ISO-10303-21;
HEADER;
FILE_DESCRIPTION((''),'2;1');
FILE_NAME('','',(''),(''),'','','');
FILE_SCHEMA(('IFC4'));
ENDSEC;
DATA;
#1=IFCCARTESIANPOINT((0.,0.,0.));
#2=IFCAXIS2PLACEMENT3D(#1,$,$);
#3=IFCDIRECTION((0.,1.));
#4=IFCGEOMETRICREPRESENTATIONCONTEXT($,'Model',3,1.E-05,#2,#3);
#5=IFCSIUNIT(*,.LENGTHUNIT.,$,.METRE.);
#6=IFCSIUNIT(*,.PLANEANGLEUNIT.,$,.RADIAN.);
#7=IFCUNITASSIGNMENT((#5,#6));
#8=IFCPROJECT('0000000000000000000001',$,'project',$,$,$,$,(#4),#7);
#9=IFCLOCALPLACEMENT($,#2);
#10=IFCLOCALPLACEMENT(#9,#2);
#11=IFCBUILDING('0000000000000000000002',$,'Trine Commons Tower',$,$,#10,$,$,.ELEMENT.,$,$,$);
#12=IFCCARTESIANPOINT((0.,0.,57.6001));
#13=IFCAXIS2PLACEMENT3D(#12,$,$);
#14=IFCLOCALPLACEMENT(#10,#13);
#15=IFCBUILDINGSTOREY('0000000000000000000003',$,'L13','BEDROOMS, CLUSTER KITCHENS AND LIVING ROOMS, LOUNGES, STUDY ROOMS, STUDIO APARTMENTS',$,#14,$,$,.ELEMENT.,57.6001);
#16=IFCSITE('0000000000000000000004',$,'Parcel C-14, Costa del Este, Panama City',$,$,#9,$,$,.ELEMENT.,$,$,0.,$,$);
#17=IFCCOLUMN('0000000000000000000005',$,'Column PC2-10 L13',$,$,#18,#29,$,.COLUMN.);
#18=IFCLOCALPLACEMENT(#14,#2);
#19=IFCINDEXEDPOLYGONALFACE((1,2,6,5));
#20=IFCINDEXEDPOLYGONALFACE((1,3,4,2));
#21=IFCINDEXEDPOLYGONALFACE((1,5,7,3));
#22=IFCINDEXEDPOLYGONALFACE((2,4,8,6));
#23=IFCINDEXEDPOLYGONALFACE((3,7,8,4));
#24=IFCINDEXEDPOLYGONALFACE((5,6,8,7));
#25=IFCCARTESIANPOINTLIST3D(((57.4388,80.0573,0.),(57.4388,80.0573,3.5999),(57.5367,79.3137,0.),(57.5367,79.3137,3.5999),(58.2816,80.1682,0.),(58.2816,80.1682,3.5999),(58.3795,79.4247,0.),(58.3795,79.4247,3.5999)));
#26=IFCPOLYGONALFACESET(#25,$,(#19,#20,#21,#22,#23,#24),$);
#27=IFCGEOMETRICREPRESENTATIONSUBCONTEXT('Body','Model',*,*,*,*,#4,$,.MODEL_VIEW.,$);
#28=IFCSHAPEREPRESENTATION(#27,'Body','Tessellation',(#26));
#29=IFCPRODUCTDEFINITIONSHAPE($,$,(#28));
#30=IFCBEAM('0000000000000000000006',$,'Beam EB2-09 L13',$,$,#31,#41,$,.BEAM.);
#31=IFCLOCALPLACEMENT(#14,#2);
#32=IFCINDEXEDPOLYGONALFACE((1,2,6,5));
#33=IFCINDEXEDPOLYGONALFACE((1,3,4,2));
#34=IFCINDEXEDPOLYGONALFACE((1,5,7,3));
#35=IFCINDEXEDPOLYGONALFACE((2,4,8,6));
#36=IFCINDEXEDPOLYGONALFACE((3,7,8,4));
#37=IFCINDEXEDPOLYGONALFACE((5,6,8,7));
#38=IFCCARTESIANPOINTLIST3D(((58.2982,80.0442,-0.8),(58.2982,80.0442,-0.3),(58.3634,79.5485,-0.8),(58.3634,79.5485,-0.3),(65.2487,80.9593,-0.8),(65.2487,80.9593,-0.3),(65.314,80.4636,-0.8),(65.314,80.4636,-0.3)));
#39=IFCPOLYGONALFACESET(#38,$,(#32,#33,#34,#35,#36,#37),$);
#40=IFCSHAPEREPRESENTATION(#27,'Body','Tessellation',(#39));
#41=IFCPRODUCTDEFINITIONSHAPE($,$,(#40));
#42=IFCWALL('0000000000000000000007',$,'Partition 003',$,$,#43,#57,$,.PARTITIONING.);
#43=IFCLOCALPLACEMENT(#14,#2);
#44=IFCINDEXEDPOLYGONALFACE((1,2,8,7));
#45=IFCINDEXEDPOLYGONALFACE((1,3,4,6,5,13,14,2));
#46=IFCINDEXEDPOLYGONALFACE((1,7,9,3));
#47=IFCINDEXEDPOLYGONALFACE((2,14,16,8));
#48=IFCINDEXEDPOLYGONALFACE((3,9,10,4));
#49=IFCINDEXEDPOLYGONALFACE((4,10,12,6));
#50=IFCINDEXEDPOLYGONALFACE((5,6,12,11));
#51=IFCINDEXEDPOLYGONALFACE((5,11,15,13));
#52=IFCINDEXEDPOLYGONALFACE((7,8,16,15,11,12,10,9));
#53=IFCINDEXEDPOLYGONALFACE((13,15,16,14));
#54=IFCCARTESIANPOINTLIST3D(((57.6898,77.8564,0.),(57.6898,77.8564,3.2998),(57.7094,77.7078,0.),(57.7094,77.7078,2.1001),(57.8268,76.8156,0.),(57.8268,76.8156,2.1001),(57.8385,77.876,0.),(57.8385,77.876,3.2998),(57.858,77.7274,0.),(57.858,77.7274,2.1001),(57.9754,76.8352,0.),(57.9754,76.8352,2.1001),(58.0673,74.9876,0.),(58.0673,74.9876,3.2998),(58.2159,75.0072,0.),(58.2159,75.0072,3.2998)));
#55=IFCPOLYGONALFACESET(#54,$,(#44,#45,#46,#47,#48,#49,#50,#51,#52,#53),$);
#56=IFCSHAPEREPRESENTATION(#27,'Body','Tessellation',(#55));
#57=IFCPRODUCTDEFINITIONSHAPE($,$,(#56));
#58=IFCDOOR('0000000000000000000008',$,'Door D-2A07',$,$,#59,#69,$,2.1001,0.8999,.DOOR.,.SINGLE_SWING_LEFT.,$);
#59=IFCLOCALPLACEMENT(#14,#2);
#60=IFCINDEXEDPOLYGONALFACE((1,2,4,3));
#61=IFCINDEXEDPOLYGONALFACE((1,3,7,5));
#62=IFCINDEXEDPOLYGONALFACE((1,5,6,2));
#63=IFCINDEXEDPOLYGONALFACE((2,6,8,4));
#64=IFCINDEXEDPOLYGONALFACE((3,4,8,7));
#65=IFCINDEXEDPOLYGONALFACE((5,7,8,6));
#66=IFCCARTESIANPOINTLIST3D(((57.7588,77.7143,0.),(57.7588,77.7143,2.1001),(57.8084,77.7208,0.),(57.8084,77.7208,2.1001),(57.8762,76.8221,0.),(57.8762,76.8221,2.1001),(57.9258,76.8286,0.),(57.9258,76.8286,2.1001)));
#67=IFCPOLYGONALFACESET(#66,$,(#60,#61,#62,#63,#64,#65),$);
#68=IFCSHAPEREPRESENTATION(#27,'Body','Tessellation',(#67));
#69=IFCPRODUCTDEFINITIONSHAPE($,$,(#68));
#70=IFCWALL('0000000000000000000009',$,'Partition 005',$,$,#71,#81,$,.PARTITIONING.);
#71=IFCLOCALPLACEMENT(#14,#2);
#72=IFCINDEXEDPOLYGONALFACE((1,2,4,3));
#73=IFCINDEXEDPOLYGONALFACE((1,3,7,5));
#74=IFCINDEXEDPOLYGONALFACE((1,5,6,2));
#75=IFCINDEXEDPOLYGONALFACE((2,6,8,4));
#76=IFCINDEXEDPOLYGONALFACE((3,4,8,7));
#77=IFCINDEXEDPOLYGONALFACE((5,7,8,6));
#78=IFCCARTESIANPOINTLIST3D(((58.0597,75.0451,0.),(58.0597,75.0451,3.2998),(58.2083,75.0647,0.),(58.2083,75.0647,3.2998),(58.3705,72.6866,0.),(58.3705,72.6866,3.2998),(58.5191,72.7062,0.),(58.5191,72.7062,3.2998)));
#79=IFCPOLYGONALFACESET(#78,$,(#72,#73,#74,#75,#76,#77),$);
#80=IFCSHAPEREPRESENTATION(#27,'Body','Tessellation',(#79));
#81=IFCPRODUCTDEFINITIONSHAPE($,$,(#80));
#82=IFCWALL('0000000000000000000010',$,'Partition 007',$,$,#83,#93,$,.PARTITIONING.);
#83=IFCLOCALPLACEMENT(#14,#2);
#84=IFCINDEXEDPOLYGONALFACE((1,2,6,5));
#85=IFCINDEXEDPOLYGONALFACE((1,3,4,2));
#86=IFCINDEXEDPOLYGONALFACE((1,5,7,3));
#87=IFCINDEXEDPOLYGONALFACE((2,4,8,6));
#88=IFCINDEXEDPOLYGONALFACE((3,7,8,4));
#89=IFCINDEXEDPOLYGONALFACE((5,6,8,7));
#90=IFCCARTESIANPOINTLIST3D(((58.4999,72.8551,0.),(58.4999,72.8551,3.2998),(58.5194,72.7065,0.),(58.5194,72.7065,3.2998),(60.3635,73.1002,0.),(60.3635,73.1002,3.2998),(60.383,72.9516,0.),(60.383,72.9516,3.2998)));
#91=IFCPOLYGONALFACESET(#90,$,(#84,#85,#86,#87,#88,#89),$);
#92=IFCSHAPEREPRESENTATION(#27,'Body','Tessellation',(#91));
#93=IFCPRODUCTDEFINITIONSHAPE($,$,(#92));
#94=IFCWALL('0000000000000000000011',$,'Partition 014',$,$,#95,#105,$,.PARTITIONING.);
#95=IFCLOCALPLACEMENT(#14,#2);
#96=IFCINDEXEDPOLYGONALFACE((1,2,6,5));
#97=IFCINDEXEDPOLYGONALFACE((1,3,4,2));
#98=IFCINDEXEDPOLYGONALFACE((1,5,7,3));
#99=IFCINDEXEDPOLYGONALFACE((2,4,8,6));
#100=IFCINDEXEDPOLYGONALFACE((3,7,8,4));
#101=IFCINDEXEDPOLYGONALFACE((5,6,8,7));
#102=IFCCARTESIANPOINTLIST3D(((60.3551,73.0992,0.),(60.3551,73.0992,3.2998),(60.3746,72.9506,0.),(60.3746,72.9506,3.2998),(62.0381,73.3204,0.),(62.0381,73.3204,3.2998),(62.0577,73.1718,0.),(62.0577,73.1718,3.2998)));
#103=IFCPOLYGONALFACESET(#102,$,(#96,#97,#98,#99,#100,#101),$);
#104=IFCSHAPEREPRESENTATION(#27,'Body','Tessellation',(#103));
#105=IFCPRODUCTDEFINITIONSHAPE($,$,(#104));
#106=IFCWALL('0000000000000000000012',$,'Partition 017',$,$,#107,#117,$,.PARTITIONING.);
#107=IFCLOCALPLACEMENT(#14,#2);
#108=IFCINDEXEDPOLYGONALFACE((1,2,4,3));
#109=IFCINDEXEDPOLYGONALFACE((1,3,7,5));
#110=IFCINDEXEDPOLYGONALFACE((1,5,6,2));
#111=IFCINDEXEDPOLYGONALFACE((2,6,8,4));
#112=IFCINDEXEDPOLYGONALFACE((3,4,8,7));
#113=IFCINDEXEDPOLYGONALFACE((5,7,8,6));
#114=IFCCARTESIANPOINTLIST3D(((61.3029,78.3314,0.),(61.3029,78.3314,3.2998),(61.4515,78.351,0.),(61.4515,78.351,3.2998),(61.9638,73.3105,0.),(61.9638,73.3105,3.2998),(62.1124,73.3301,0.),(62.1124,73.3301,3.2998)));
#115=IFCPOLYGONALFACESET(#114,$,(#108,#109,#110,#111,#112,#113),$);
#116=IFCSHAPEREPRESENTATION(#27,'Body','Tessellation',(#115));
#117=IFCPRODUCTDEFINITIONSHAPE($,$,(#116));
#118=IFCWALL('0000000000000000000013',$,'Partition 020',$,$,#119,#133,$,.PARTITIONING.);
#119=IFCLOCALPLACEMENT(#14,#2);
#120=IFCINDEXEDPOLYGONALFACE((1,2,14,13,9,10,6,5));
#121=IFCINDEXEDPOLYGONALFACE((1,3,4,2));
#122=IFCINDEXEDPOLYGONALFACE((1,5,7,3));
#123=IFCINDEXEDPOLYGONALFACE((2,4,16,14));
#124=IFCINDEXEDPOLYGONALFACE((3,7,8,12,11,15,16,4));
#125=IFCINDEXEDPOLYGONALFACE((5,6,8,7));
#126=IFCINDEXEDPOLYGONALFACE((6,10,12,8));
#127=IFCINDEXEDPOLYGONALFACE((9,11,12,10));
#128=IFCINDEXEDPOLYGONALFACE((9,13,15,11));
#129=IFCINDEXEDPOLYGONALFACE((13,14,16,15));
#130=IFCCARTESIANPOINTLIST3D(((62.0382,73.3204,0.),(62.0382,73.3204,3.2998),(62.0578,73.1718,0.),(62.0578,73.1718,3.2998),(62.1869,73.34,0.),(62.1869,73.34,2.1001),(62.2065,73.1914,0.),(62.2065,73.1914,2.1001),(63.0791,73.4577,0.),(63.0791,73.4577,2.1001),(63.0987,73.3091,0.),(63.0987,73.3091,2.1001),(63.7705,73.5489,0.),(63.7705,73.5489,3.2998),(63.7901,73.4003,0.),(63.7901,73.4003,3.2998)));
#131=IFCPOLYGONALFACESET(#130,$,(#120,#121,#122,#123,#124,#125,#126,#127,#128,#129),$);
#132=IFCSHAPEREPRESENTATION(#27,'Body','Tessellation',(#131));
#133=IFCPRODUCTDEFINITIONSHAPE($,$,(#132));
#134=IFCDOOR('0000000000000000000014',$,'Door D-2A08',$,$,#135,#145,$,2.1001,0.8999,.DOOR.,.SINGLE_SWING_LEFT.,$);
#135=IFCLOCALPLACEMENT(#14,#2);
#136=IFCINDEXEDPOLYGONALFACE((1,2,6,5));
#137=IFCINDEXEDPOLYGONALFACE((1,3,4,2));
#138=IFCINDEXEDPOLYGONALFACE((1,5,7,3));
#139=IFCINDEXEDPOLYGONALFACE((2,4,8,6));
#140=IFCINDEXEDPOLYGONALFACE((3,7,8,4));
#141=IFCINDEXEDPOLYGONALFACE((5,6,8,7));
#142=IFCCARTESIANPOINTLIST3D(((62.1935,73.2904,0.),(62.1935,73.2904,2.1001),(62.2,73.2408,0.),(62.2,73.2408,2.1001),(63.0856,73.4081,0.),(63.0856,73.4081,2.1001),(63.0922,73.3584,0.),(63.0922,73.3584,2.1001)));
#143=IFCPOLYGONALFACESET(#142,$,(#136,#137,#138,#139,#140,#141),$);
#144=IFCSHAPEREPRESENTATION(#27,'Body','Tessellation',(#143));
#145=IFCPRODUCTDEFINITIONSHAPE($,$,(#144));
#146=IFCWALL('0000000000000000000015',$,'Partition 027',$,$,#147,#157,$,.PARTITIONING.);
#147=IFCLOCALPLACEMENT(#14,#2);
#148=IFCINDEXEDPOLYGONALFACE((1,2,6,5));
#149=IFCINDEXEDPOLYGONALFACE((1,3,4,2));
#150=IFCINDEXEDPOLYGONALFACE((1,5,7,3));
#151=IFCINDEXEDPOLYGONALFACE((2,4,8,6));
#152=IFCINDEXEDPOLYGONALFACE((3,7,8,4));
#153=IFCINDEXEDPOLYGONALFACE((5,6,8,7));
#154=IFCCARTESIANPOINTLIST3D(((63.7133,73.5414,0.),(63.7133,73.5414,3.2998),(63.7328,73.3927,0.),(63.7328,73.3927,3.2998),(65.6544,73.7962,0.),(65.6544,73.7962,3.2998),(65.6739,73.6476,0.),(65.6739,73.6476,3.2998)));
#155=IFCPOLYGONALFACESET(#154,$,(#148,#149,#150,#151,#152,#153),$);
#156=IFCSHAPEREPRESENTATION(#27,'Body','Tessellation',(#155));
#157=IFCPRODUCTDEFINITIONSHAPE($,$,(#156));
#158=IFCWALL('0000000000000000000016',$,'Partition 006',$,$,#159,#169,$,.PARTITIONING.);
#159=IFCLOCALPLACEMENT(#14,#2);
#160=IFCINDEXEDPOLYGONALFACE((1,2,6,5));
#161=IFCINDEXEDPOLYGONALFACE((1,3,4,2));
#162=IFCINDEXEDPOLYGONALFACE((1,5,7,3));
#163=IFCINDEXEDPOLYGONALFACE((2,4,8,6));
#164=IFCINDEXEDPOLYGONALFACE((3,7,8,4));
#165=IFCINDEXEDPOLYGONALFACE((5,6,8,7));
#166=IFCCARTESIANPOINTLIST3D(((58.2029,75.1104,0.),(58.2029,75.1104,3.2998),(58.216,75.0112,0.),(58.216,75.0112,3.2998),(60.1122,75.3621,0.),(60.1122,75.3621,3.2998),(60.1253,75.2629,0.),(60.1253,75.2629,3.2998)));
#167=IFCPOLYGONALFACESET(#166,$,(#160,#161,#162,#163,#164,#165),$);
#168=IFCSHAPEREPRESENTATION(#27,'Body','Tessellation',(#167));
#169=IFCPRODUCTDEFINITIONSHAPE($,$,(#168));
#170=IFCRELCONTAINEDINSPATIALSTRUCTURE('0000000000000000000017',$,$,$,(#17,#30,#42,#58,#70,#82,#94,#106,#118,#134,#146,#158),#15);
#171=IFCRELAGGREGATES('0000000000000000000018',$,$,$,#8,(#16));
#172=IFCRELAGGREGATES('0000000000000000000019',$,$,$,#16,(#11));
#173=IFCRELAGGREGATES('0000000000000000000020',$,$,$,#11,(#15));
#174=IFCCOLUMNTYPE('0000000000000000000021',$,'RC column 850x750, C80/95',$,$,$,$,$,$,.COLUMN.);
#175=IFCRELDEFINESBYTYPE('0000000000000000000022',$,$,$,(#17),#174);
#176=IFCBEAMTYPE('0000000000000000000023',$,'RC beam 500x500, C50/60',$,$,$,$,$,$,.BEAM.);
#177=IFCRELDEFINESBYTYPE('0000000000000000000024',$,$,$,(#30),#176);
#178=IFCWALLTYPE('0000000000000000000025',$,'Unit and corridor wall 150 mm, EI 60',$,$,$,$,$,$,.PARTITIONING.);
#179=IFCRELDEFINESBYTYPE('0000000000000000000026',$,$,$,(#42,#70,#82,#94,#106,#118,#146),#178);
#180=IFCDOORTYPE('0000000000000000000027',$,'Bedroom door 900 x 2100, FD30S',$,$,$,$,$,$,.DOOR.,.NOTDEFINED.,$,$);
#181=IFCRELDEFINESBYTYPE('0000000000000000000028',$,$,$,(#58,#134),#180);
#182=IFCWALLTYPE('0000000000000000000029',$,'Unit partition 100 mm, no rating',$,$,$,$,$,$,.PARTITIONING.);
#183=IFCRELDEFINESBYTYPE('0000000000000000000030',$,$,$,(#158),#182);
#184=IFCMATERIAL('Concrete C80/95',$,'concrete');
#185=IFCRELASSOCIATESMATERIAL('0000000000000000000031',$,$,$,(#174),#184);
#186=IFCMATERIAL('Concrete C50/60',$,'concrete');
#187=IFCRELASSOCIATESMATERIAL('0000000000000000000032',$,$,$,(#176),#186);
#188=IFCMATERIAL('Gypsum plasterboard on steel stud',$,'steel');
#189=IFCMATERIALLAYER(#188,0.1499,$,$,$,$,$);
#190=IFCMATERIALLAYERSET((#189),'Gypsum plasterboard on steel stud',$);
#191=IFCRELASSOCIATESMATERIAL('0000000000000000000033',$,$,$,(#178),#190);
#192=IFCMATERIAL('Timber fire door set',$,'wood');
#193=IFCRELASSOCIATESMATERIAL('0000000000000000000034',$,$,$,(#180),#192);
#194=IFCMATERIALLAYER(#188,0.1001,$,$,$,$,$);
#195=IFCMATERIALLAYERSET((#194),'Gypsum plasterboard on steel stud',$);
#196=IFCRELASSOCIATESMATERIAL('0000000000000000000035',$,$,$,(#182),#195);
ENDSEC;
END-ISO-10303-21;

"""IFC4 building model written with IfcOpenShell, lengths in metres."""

from ifc_helpers import new_model, si_unit, direction, frame, frame_2d, origin, origin_2d, place, context, subcontext, project, spatial, rectangle, extrude, material, layer, layer_set, material_profile, profile_set, type_object, element, fill, save


model = new_model("IFC4")

# Units and contexts
model_context = context("Model", 3, precision=1e-05, world=origin(), true_north=direction((0.0, 1.0)))
body_context = subcontext(model_context, "Body", "Model", "MODEL_VIEW")
ifc_project = project(units=[si_unit("LENGTHUNIT", "METRE"), si_unit("PLANEANGLEUNIT", "RADIAN")], contexts=[model_context])

# Site, building, storey
site_placement = place(None, origin())
site = spatial("IfcSite", under=ifc_project, at=site_placement, Name="Parcel C-14, Costa del Este, Panama City", CompositionType="ELEMENT", RefElevation=0.0)
building_placement = place(site_placement, origin())
building = spatial("IfcBuilding", under=site, at=building_placement, Name="Trine Commons Tower", CompositionType="ELEMENT")
storey_placement = place(building_placement, frame((0.0, 0.0, 57.6001)))
storey = spatial("IfcBuildingStorey", under=building, at=storey_placement, Name="L13", Description="BEDROOMS, CLUSTER KITCHENS AND LIVING ROOMS, LOUNGES, STUDY ROOMS, STUDIO APARTMENTS", CompositionType="ELEMENT", Elevation=57.6001)

# Column
ifc_material_1 = material(Name="Concrete C80/95", Category="concrete")
ifc_material_profile_1 = material_profile(ifc_material_1, rectangle(XDim=0.8501, YDim=0.75, at=origin_2d()), Name="RC 850x750")
ifc_profile_set_1 = profile_set([ifc_material_profile_1], Name="Concrete C80/95")
column_type = type_object("IfcColumnType", Name="RC column 850x750, C80/95", PredefinedType="COLUMN", material=ifc_profile_set_1)
column_placement = place(storey_placement, frame((57.9092, 79.741, 0.0), z_axis=(0.0, 0.0, 1.0), x_axis=(0.991445, 0.130526, 0.0)))
element("IfcColumn", 1, at=column_placement, inside=storey, type_object=column_type, Name="Column PC2-10 L13", PredefinedType="COLUMN", context=body_context, shape_type="SweptSolid", body=[
    extrude(rectangle(XDim=0.8501, YDim=0.75, at=origin_2d()), origin(), (0.0, 0.0, 1.0), 3.5999),
])

# Beam
ifc_material_2 = material(Name="Concrete C50/60", Category="concrete")
ifc_material_profile_2 = material_profile(ifc_material_2, rectangle(XDim=0.5, YDim=0.5, at=origin_2d()), Name="RC 500x500")
ifc_profile_set_2 = profile_set([ifc_material_profile_2], Name="Concrete C50/60")
beam_type = type_object("IfcBeamType", Name="RC beam 500x500, C50/60", PredefinedType="BEAM", material=ifc_profile_set_2)
beam_placement = place(storey_placement, frame((58.3308, 79.7964, -0.55), z_axis=(0.991445, 0.130526, 0.0), x_axis=(-0.130526, 0.991445, 0.0)))
element("IfcBeam", 2, at=beam_placement, inside=storey, type_object=beam_type, Name="Beam EB2-09 L13", PredefinedType="BEAM", context=body_context, shape_type="SweptSolid", body=[
    extrude(rectangle(XDim=0.5, YDim=0.5, at=origin_2d()), origin(), (0.0, 0.0, 1.0), 7.0105),
])

# Wall, opening, door
ifc_material_3 = material(Name="Gypsum plasterboard on steel stud", Category="steel")
ifc_layer_1 = layer(ifc_material_3, 0.1499)
ifc_layer_set_1 = layer_set([ifc_layer_1], Name="Gypsum plasterboard on steel stud")
wall_type_1 = type_object("IfcWallType", Name="Unit and corridor wall 150 mm, EI 60", PredefinedType="PARTITIONING", material=ifc_layer_set_1)
wall_1_placement = place(storey_placement, frame((57.7642, 77.8662, 0.0), z_axis=(0.0, 0.0, 1.0), x_axis=(0.130439, -0.991456, 0.0)))
wall_1 = element("IfcWall", 3, at=wall_1_placement, inside=storey, type_object=wall_type_1, Name="Partition 003", PredefinedType="PARTITIONING", context=body_context, shape_type="SweptSolid", body=[
    extrude(rectangle(XDim=2.8936, YDim=0.1499, at=frame_2d((1.4468, 0.0))), origin(), (0.0, 0.0, 1.0), 3.2998),
])
opening_1_placement = place(wall_1_placement, frame((0.1499, 0.0, 0.0)))
opening_1 = element("IfcOpeningElement", 4, at=opening_1_placement, cuts=wall_1, PredefinedType="OPENING", context=body_context, shape_type="SweptSolid", body=[
    extrude(rectangle(XDim=0.8999, YDim=2.1001, at=frame_2d((0.45, 1.05))), frame((0.0, 0.085, 0.0), z_axis=(0.0, -1.0, 0.0), x_axis=(1.0, 0.0, 0.0)), (0.0, 0.0, 1.0), 0.1699),
])
ifc_material_4 = material(Name="Timber fire door set", Category="wood")
door_type_1 = type_object("IfcDoorType", Name="Bedroom door 900 x 2100, FD30S", OperationType="NOTDEFINED", PredefinedType="DOOR", material=ifc_material_4)
door_1_placement = place(opening_1_placement, origin())
door_1 = element("IfcDoor", 5, at=door_1_placement, inside=storey, type_object=door_type_1, Name="Door D-2A07", OperationType="SINGLE_SWING_LEFT", OverallHeight=2.1001, OverallWidth=0.8999, PredefinedType="DOOR", context=body_context, shape_type="SweptSolid", body=[
    extrude(rectangle(XDim=0.8999, YDim=2.1001, at=frame_2d((0.45, 1.05))), frame((0.0, 0.0249, 0.0), z_axis=(0.0, -1.0, 0.0), x_axis=(1.0, 0.0, 0.0)), (0.0, 0.0, 1.0), 0.05),
])
fill(opening_1, door_1)

# Walls
wall_2_placement = place(storey_placement, frame((58.134, 75.0549, 0.0), z_axis=(0.0, 0.0, 1.0), x_axis=(0.130651, -0.991428, 0.0)))
element("IfcWall", 6, at=wall_2_placement, inside=storey, type_object=wall_type_1, Name="Partition 005", PredefinedType="PARTITIONING", context=body_context, shape_type="SweptSolid", body=[
    extrude(rectangle(XDim=2.3789, YDim=0.1499, at=frame_2d((1.1895, 0.0))), origin(), (0.0, 0.0, 1.0), 3.2998),
])
wall_3_placement = place(storey_placement, frame((58.5095, 72.7808, 0.0), z_axis=(0.0, 0.0, 1.0), x_axis=(0.99146, 0.130411, 0.0)))
element("IfcWall", 7, at=wall_3_placement, inside=storey, type_object=wall_type_1, Name="Partition 007", PredefinedType="PARTITIONING", context=body_context, shape_type="SweptSolid", body=[
    extrude(rectangle(XDim=1.8796, YDim=0.1499, at=frame_2d((0.9399, 0.0))), origin(), (0.0, 0.0, 1.0), 3.2998),
])
wall_4_placement = place(storey_placement, frame((60.365, 73.0249, 0.0), z_axis=(0.0, 0.0, 1.0), x_axis=(0.991475, 0.130298, 0.0)))
element("IfcWall", 8, at=wall_4_placement, inside=storey, type_object=wall_type_1, Name="Partition 014", PredefinedType="PARTITIONING", context=body_context, shape_type="SweptSolid", body=[
    extrude(rectangle(XDim=1.6975, YDim=0.1499, at=frame_2d((0.8486, 0.0))), origin(), (0.0, 0.0, 1.0), 3.2998),
])
wall_5_placement = place(storey_placement, frame((61.3772, 78.3413, 0.0), z_axis=(0.0, 0.0, 1.0), x_axis=(0.130499, -0.991448, 0.0)))
element("IfcWall", 9, at=wall_5_placement, inside=storey, type_object=wall_type_1, Name="Partition 017", PredefinedType="PARTITIONING", context=body_context, shape_type="SweptSolid", body=[
    extrude(rectangle(XDim=5.0642, YDim=0.1499, at=frame_2d((2.5322, 0.0))), origin(), (0.0, 0.0, 1.0), 3.2998),
])

# Wall, opening, door
wall_6_placement = place(storey_placement, frame((62.0481, 73.2461, 0.0), z_axis=(0.0, 0.0, 1.0), x_axis=(0.991412, 0.130773, 0.0)))
wall_6 = element("IfcWall", 10, at=wall_6_placement, inside=storey, type_object=wall_type_1, Name="Partition 020", PredefinedType="PARTITIONING", context=body_context, shape_type="SweptSolid", body=[
    extrude(rectangle(XDim=1.7473, YDim=0.1499, at=frame_2d((0.8735, 0.0))), origin(), (0.0, 0.0, 1.0), 3.2998),
])
opening_2_placement = place(wall_6_placement, frame((0.1499, 0.0, 0.0)))
opening_2 = element("IfcOpeningElement", 11, at=opening_2_placement, cuts=wall_6, PredefinedType="OPENING", context=body_context, shape_type="SweptSolid", body=[
    extrude(rectangle(XDim=0.8999, YDim=2.1001, at=frame_2d((0.45, 1.05))), frame((0.0, 0.085, 0.0), z_axis=(0.0, -1.0, 0.0), x_axis=(1.0, 0.0, 0.0)), (0.0, 0.0, 1.0), 0.1699),
])
door_2_placement = place(opening_2_placement, origin())
door_2 = element("IfcDoor", 12, at=door_2_placement, inside=storey, type_object=door_type_1, Name="Door D-2A08", OperationType="SINGLE_SWING_LEFT", OverallHeight=2.1001, OverallWidth=0.8999, PredefinedType="DOOR", context=body_context, shape_type="SweptSolid", body=[
    extrude(rectangle(XDim=0.8999, YDim=2.1001, at=frame_2d((0.45, 1.05))), frame((0.0, 0.0249, 0.0), z_axis=(0.0, -1.0, 0.0), x_axis=(1.0, 0.0, 0.0)), (0.0, 0.0, 1.0), 0.05),
])
fill(opening_2, door_2)

# Walls
wall_7_placement = place(storey_placement, frame((63.7229, 73.467, 0.0), z_axis=(0.0, 0.0, 1.0), x_axis=(0.991489, 0.130187, 0.0)))
element("IfcWall", 13, at=wall_7_placement, inside=storey, type_object=wall_type_1, Name="Partition 027", PredefinedType="PARTITIONING", context=body_context, shape_type="SweptSolid", body=[
    extrude(rectangle(XDim=1.9578, YDim=0.1499, at=frame_2d((0.979, 0.0))), origin(), (0.0, 0.0, 1.0), 3.2998),
])
ifc_layer_2 = layer(ifc_material_3, 0.1001)
ifc_layer_set_2 = layer_set([ifc_layer_2], Name="Gypsum plasterboard on steel stud")
wall_type_2 = type_object("IfcWallType", Name="Unit partition 100 mm, no rating", PredefinedType="PARTITIONING", material=ifc_layer_set_2)
wall_8_placement = place(storey_placement, frame((58.2095, 75.0608, 0.0), z_axis=(0.0, 0.0, 1.0), x_axis=(0.991421, 0.13071, 0.0)))
element("IfcWall", 14, at=wall_8_placement, inside=storey, type_object=wall_type_2, Name="Partition 006", PredefinedType="PARTITIONING", context=body_context, shape_type="SweptSolid", body=[
    extrude(rectangle(XDim=1.9258, YDim=0.1001, at=frame_2d((0.9629, 0.0))), origin(), (0.0, 0.0, 1.0), 3.2998),
])

save(model, "model.ifc")
